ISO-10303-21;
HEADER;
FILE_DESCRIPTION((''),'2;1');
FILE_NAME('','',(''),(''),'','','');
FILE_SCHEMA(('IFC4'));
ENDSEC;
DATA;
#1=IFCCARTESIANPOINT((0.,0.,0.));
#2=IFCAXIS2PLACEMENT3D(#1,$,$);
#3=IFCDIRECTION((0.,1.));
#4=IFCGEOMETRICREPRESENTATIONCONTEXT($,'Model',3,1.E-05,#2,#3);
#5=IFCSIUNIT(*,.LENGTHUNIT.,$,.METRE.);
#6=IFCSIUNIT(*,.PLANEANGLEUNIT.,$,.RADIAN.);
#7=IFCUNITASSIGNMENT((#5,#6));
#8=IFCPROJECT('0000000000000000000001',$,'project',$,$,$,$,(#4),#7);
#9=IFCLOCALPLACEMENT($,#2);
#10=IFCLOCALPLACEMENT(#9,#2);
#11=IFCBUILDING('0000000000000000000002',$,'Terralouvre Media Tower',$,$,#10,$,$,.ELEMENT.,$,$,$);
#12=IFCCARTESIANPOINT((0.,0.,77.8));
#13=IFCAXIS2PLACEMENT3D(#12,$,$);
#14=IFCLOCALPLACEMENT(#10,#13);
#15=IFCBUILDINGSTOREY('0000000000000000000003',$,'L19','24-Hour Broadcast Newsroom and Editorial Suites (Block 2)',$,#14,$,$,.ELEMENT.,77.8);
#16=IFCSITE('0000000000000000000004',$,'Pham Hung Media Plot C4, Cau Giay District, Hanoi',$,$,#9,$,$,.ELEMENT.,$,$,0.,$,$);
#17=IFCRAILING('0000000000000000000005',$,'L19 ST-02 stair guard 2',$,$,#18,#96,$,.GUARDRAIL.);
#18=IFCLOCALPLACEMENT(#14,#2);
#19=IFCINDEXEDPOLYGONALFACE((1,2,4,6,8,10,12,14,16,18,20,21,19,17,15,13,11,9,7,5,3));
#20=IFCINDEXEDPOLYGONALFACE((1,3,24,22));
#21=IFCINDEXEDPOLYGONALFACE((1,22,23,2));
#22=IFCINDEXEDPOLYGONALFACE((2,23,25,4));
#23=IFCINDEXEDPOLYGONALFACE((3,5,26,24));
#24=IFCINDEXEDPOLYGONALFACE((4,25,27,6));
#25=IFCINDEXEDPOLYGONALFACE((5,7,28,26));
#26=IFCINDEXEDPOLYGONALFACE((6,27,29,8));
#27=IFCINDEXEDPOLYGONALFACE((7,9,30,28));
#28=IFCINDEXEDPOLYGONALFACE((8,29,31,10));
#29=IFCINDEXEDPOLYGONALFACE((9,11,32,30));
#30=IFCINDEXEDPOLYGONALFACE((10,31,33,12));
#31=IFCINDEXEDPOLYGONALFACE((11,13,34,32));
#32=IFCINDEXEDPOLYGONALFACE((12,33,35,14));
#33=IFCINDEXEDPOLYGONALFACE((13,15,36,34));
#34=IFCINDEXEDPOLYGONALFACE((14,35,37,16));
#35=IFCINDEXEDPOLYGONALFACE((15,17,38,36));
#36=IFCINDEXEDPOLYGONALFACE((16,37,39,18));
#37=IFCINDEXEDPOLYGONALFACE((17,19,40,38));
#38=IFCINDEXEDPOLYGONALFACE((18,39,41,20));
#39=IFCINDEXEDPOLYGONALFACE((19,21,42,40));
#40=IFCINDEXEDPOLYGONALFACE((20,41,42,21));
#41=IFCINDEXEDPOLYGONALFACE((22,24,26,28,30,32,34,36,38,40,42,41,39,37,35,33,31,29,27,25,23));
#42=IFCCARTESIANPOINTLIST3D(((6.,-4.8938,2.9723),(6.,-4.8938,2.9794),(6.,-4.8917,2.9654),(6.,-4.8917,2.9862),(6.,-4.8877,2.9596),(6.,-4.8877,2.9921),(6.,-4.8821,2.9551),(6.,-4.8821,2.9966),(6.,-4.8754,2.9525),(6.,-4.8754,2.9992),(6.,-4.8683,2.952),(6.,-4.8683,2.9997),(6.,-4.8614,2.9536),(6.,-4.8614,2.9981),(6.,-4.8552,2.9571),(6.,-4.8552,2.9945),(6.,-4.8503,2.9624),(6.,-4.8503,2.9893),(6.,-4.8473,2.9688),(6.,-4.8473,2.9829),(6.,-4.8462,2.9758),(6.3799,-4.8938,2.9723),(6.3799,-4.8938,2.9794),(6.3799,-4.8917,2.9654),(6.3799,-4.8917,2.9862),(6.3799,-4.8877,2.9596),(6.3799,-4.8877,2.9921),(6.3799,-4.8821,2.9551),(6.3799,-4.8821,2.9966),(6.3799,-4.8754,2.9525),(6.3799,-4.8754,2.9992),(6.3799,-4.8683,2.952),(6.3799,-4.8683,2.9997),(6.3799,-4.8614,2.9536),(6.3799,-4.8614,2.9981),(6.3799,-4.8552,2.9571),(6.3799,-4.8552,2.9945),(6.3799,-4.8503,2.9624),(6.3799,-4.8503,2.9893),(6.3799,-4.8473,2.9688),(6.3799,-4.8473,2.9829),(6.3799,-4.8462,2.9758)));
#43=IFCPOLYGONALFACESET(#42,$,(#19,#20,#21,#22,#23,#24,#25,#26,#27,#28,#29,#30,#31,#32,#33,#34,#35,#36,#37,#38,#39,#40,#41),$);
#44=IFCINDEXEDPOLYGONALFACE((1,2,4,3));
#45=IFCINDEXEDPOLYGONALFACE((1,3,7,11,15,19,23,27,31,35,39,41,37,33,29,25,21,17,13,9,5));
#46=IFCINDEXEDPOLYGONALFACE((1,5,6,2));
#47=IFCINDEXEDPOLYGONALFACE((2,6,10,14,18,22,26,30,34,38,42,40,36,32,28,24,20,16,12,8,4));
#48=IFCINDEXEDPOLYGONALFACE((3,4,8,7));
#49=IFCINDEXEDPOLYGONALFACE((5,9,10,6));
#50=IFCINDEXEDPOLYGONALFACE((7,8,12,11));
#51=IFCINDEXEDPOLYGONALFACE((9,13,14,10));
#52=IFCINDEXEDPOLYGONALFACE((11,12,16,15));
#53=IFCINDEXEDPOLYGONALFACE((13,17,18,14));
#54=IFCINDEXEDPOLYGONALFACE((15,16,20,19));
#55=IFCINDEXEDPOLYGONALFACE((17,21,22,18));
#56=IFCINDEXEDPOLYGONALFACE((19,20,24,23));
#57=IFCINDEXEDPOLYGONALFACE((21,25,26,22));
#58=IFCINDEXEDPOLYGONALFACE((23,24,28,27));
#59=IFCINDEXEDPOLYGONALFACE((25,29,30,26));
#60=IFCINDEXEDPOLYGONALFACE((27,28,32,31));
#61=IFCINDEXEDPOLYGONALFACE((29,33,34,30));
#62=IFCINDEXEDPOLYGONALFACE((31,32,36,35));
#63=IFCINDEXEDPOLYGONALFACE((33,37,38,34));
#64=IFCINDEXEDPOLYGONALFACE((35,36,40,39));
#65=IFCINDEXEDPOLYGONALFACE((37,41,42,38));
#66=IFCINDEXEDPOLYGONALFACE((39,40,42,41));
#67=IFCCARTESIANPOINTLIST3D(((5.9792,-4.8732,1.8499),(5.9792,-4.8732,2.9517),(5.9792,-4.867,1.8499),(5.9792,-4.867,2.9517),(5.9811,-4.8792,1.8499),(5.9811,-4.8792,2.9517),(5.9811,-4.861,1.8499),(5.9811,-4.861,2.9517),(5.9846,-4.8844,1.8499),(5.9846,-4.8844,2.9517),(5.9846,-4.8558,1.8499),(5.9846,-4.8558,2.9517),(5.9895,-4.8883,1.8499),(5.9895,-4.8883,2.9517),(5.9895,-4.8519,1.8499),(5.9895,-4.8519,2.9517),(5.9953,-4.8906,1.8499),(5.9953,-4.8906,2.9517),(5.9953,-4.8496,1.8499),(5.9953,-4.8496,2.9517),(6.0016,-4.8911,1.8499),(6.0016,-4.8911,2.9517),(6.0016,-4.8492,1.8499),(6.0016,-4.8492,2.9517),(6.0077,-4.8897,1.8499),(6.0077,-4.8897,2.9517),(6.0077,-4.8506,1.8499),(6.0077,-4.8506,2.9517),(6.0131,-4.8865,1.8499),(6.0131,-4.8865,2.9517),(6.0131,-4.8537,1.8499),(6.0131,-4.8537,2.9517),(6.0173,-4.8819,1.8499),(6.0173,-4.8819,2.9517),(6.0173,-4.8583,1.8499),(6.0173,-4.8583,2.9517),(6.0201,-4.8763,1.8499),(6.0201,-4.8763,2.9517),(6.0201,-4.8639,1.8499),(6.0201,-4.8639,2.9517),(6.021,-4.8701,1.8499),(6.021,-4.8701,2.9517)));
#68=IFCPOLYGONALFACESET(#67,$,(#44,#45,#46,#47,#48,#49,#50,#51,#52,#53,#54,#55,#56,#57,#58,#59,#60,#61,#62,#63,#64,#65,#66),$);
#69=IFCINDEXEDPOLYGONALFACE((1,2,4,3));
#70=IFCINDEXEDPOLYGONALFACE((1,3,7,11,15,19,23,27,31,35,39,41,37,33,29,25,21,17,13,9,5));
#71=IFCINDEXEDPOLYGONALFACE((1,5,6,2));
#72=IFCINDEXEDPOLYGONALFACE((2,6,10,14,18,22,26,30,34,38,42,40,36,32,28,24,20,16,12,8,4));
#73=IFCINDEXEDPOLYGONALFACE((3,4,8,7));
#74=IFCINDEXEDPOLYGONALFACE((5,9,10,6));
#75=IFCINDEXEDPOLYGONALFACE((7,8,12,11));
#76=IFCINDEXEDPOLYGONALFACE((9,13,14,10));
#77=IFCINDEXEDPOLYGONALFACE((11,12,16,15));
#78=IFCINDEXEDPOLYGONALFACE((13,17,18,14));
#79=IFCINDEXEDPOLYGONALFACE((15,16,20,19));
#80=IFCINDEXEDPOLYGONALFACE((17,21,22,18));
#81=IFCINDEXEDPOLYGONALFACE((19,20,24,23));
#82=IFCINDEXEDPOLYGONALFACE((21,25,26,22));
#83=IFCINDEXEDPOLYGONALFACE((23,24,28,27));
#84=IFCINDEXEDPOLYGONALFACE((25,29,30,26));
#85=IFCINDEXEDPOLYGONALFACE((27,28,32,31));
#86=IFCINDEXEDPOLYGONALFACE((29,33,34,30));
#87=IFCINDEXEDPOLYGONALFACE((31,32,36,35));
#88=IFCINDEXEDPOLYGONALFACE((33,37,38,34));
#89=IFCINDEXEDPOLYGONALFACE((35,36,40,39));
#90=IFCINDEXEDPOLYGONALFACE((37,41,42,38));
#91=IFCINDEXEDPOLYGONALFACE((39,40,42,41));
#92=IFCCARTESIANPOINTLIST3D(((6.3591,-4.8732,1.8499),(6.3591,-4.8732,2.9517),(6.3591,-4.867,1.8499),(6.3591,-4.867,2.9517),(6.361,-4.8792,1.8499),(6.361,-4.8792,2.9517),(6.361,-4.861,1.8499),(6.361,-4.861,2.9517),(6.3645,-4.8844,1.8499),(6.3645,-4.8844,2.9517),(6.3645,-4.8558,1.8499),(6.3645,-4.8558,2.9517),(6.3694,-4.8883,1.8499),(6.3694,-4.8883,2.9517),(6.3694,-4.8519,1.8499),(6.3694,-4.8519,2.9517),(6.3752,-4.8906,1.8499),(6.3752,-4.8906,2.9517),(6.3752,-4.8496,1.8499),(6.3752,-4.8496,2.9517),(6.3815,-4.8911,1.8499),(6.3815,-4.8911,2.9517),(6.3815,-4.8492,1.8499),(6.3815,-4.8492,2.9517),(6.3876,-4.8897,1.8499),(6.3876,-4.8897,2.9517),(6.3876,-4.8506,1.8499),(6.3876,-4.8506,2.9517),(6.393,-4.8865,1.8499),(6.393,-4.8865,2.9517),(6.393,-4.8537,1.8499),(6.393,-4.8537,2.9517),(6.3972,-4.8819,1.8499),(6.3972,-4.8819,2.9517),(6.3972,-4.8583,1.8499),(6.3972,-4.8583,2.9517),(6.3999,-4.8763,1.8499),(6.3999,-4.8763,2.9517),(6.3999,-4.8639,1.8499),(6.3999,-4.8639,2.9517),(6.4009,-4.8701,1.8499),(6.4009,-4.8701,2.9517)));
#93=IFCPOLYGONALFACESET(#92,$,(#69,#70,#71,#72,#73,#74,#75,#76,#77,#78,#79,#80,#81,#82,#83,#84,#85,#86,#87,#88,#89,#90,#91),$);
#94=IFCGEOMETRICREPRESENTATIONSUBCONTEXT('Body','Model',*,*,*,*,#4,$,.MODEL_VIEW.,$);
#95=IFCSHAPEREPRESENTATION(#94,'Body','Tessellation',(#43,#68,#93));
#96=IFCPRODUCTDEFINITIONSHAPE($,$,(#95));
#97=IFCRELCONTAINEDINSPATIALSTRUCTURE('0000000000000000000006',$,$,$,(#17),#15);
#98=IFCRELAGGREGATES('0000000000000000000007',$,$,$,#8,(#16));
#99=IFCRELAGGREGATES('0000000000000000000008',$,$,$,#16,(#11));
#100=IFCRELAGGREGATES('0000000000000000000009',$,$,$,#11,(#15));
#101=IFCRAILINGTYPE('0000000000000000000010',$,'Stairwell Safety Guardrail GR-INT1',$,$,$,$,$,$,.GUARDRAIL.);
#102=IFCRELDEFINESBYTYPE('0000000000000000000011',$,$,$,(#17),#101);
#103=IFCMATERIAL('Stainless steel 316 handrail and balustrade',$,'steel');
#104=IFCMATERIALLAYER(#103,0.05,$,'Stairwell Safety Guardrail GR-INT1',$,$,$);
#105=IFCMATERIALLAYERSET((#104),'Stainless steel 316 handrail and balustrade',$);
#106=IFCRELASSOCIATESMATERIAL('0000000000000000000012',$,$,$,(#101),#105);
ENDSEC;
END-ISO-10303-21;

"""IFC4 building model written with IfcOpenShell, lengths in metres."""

from ifc_helpers import new_model, si_unit, direction, frame, origin, origin_2d, place, context, subcontext, project, spatial, circle, extrude, material, layer, layer_set, type_object, element, save


model = new_model("IFC4")

# Units and contexts
model_context = context("Model", 3, precision=1e-05, world=origin(), true_north=direction((0.0, 1.0)))
body_context = subcontext(model_context, "Body", "Model", "MODEL_VIEW")
ifc_project = project(units=[si_unit("LENGTHUNIT", "METRE"), si_unit("PLANEANGLEUNIT", "RADIAN")], contexts=[model_context])

# Site, building, storey
site_placement = place(None, origin())
site = spatial("IfcSite", under=ifc_project, at=site_placement, Name="Pham Hung Media Plot C4, Cau Giay District, Hanoi", CompositionType="ELEMENT", RefElevation=0.0)
building_placement = place(site_placement, origin())
building = spatial("IfcBuilding", under=site, at=building_placement, Name="Terralouvre Media Tower", CompositionType="ELEMENT")
storey_placement = place(building_placement, frame((0.0, 0.0, 77.8)))
storey = spatial("IfcBuildingStorey", under=building, at=storey_placement, Name="L19", Description="24-Hour Broadcast Newsroom and Editorial Suites (Block 2)", CompositionType="ELEMENT", Elevation=77.8)

# Railing
ifc_material_1 = material(Name="Stainless steel 316 handrail and balustrade", Category="steel")
ifc_layer_1 = layer(ifc_material_1, 0.05, Name="Stairwell Safety Guardrail GR-INT1")
ifc_layer_set_1 = layer_set([ifc_layer_1], Name="Stainless steel 316 handrail and balustrade")
railing_type_1 = type_object("IfcRailingType", Name="Stairwell Safety Guardrail GR-INT1", PredefinedType="GUARDRAIL", material=ifc_layer_set_1)
railing_1_placement = place(storey_placement, frame((6.0, -4.8701, 1.8499)))
element("IfcRailing", 1, at=railing_1_placement, inside=storey, type_object=railing_type_1, Name="L19 ST-02 stair guard 2", PredefinedType="GUARDRAIL", context=body_context, shape_type="SweptSolid", body=[
    extrude(circle(Radius=0.0239, at=origin_2d()), frame((0.0, 0.0, 1.126), z_axis=(1.0, 0.0, 0.0), x_axis=(0.0, 1.0, 0.0)), (0.0, 0.0, 1.0), 0.3799),
    extrude(circle(Radius=0.021, at=origin_2d()), origin(), (0.0, 0.0, 1.0), 1.1018),
    extrude(circle(Radius=0.021, at=origin_2d()), frame((0.3799, 0.0, 0.0)), (0.0, 0.0, 1.0), 1.1018),
])

save(model, "model.ifc")
